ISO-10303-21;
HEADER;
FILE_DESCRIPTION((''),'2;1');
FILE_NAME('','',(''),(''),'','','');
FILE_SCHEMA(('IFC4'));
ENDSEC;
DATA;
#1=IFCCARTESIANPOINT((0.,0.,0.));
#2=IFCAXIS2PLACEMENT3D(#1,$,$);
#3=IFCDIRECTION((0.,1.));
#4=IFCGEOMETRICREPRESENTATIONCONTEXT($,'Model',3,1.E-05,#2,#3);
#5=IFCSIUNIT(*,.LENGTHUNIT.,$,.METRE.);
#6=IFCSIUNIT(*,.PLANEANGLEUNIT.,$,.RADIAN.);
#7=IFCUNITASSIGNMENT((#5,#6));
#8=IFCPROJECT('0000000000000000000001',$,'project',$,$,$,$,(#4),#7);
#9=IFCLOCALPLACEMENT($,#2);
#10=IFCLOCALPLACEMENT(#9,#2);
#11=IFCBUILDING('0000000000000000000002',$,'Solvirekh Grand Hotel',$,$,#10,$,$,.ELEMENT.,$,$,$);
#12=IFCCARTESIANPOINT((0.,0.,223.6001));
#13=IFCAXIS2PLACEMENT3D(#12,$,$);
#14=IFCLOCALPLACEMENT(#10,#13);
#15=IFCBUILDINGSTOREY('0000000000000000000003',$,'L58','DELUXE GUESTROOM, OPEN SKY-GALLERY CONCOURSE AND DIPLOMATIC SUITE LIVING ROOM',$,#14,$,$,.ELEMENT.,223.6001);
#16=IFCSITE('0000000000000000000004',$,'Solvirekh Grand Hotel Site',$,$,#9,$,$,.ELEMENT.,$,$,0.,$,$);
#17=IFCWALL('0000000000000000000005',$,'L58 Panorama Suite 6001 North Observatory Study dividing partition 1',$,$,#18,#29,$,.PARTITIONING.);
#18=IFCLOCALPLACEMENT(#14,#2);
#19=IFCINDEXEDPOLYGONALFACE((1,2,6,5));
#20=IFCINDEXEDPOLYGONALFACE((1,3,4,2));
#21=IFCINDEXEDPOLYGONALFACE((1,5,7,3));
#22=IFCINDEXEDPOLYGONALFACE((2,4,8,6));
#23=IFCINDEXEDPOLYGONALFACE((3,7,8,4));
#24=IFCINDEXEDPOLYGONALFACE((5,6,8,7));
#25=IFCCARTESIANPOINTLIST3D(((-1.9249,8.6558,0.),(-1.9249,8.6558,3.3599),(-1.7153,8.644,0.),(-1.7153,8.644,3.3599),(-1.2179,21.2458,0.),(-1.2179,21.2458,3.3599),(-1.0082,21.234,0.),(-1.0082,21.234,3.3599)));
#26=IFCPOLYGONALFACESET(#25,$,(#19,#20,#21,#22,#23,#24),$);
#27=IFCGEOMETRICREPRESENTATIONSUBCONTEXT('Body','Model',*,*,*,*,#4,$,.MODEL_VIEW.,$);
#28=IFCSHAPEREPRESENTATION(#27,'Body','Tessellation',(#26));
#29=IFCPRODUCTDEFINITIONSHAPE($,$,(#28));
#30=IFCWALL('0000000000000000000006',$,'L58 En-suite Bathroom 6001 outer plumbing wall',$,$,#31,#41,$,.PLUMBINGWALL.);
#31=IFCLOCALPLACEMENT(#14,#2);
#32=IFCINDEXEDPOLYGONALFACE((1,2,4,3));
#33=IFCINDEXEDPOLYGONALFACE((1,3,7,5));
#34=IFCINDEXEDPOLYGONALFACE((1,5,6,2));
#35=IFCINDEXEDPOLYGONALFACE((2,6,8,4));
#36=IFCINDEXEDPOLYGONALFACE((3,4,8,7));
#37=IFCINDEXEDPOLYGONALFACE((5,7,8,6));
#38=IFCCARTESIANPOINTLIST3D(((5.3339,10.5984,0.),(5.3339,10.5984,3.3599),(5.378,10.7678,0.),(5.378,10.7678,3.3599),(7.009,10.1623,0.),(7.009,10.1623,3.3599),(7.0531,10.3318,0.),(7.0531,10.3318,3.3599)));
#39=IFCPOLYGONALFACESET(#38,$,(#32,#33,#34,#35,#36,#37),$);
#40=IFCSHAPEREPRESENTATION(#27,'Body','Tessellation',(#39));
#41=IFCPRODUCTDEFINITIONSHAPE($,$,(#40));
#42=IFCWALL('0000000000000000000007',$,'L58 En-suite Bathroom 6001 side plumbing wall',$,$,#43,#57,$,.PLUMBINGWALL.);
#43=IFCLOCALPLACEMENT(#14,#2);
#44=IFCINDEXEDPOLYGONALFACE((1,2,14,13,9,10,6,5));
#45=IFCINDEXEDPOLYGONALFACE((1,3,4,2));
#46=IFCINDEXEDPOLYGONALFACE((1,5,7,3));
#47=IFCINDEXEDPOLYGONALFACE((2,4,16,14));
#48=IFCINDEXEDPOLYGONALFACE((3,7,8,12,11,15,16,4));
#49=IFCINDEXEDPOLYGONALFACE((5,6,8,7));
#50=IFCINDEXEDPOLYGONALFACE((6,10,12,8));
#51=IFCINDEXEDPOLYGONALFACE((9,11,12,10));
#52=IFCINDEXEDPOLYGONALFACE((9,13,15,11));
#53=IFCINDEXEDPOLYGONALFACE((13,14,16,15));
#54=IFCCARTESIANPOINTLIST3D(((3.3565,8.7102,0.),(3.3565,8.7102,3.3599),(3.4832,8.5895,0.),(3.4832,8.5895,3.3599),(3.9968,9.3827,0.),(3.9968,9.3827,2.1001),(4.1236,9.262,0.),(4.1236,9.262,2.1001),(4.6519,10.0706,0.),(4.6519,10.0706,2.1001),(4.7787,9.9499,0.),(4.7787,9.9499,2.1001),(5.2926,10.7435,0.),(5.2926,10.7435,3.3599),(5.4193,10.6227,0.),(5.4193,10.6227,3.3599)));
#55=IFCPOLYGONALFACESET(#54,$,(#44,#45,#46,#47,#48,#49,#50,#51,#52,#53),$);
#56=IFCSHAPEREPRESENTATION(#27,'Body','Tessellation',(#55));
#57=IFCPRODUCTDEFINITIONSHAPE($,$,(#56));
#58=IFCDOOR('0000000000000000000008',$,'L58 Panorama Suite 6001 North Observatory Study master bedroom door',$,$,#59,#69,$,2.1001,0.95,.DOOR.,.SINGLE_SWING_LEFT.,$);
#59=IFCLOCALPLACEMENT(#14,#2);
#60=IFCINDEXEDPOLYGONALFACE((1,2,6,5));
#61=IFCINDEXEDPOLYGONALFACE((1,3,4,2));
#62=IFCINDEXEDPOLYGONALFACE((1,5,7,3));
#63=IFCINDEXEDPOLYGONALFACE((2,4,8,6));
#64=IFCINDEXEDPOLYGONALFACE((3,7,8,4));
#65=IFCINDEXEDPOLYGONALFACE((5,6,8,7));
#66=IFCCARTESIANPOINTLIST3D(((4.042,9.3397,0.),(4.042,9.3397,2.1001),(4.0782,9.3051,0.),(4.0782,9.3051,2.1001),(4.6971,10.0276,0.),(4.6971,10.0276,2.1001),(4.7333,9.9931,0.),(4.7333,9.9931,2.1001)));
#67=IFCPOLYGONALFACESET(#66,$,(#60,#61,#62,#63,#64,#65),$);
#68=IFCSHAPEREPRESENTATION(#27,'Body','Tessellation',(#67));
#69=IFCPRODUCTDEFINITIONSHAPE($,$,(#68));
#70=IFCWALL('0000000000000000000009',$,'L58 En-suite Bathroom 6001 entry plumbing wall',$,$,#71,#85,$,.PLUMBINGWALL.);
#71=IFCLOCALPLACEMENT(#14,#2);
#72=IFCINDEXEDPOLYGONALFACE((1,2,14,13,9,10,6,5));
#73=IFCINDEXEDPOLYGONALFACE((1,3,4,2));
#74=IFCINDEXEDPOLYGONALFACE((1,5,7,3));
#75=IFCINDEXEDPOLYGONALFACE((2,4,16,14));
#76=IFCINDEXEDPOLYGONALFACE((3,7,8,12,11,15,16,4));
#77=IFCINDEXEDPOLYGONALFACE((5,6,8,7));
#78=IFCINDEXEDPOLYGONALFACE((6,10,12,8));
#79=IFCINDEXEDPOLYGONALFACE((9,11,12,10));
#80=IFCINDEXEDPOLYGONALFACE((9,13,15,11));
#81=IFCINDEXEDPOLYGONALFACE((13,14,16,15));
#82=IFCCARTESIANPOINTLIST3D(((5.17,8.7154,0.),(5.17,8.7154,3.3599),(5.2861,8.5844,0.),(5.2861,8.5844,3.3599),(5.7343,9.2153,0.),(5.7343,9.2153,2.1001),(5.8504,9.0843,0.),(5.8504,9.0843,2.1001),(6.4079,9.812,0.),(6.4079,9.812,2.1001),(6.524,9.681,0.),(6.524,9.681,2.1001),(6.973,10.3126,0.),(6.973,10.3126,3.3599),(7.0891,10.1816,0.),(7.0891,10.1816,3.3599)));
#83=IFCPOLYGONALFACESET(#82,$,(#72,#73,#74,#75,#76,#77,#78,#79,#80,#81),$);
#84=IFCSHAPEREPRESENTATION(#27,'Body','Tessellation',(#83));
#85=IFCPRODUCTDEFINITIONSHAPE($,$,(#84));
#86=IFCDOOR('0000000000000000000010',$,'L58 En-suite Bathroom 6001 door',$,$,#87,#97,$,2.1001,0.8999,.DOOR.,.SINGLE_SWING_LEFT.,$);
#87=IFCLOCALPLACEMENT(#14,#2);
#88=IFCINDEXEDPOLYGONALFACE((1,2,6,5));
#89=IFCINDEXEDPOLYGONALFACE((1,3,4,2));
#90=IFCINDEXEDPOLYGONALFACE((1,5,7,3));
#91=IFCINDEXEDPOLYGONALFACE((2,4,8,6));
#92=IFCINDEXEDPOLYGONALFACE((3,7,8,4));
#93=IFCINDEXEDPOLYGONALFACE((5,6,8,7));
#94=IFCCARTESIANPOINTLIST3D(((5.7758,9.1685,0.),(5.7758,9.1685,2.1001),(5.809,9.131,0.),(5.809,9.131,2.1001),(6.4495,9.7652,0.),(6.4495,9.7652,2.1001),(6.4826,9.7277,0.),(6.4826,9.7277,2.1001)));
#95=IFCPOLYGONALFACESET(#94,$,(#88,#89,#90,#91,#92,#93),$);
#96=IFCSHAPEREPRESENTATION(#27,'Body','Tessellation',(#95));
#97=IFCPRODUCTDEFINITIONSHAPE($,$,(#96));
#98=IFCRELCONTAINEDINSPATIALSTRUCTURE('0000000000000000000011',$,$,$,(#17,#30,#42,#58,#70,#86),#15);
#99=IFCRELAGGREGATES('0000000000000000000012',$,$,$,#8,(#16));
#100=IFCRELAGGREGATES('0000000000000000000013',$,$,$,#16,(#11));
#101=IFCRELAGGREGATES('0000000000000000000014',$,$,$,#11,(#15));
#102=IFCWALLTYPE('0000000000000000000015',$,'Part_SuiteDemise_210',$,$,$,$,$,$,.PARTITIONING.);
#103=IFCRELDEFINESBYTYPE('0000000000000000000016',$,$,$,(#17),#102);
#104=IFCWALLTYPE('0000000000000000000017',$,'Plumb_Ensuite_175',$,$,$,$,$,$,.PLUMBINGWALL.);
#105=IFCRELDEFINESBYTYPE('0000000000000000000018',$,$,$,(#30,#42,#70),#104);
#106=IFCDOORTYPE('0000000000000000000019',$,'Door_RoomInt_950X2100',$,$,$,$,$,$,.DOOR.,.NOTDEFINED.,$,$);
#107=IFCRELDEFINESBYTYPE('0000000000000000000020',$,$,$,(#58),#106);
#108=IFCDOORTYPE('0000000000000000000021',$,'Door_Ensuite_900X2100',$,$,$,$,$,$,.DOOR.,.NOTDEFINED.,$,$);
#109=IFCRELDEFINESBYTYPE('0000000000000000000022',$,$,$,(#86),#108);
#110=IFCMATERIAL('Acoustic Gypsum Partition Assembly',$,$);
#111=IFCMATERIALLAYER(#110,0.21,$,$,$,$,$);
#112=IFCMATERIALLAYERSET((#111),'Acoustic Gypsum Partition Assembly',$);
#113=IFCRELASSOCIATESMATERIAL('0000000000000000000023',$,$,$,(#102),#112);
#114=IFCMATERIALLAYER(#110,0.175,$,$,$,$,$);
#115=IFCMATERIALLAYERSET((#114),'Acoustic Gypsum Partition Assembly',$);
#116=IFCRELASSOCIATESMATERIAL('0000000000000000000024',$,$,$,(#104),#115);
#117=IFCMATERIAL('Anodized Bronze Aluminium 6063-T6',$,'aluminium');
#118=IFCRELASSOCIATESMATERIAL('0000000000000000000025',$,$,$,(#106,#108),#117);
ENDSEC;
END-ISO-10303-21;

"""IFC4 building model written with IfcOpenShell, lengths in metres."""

from ifc_helpers import new_model, si_unit, direction, frame, frame_2d, origin, place, context, subcontext, project, spatial, rectangle, extrude, material, layer, layer_set, type_object, element, fill, save


model = new_model("IFC4")

# Units and contexts
model_context = context("Model", 3, precision=1e-05, world=origin(), true_north=direction((0.0, 1.0)))
body_context = subcontext(model_context, "Body", "Model", "MODEL_VIEW")
ifc_project = project(units=[si_unit("LENGTHUNIT", "METRE"), si_unit("PLANEANGLEUNIT", "RADIAN")], contexts=[model_context])

# Site, building, storey
site_placement = place(None, origin())
site = spatial("IfcSite", under=ifc_project, at=site_placement, Name="Solvirekh Grand Hotel Site", CompositionType="ELEMENT", RefElevation=0.0)
building_placement = place(site_placement, origin())
building = spatial("IfcBuilding", under=site, at=building_placement, Name="Solvirekh Grand Hotel", CompositionType="ELEMENT")
storey_placement = place(building_placement, frame((0.0, 0.0, 223.6001)))
storey = spatial("IfcBuildingStorey", under=building, at=storey_placement, Name="L58", Description="DELUXE GUESTROOM, OPEN SKY-GALLERY CONCOURSE AND DIPLOMATIC SUITE LIVING ROOM", CompositionType="ELEMENT", Elevation=223.6001)

# Shared definitions
ifc_material_1 = material(Name="Anodized Bronze Aluminium 6063-T6", Category="aluminium")

# Walls
ifc_material_2 = material(Name="Acoustic Gypsum Partition Assembly")
ifc_layer_1 = layer(ifc_material_2, 0.21)
ifc_layer_set_1 = layer_set([ifc_layer_1], Name="Acoustic Gypsum Partition Assembly")
wall_type_1 = type_object("IfcWallType", Name="Part_SuiteDemise_210", PredefinedType="PARTITIONING", material=ifc_layer_set_1)
wall_1_placement = place(storey_placement, frame((-1.8201, 8.6499, 0.0), z_axis=(0.0, 0.0, 1.0), x_axis=(0.056069, 0.998427, 0.0)))
element("IfcWall", 1, at=wall_1_placement, inside=storey, type_object=wall_type_1, Name="L58 Panorama Suite 6001 North Observatory Study dividing partition 1", PredefinedType="PARTITIONING", context=body_context, shape_type="SweptSolid", body=[
    extrude(rectangle(XDim=12.6099, YDim=0.21, at=frame_2d((6.3049, 0.0))), origin(), (0.0, 0.0, 1.0), 3.3599),
])
ifc_layer_2 = layer(ifc_material_2, 0.175)
ifc_layer_set_2 = layer_set([ifc_layer_2], Name="Acoustic Gypsum Partition Assembly")
wall_type_2 = type_object("IfcWallType", Name="Plumb_Ensuite_175", PredefinedType="PLUMBINGWALL", material=ifc_layer_set_2)
wall_2_placement = place(storey_placement, frame((5.356, 10.6831, 0.0), z_axis=(0.0, 0.0, 1.0), x_axis=(0.967749, -0.251917, 0.0)))
element("IfcWall", 2, at=wall_2_placement, inside=storey, type_object=wall_type_2, Name="L58 En-suite Bathroom 6001 outer plumbing wall", PredefinedType="PLUMBINGWALL", context=body_context, shape_type="SweptSolid", body=[
    extrude(rectangle(XDim=1.731, YDim=0.175, at=frame_2d((0.8655, 0.0))), origin(), (0.0, 0.0, 1.0), 3.3599),
])

# Walls, openings, doors
wall_3_placement = place(storey_placement, frame((5.356, 10.6831, 0.0), z_axis=(0.0, 0.0, 1.0), x_axis=(-0.68959, -0.7242, 0.0)))
wall_3 = element("IfcWall", 3, at=wall_3_placement, inside=storey, type_object=wall_type_2, Name="L58 En-suite Bathroom 6001 side plumbing wall", PredefinedType="PLUMBINGWALL", context=body_context, shape_type="SweptSolid", body=[
    extrude(rectangle(XDim=2.8076, YDim=0.175, at=frame_2d((1.4038, 0.0))), origin(), (0.0, 0.0, 1.0), 3.3599),
])
opening_1_placement = place(wall_3_placement, frame((0.929, 0.0, 0.0)))
opening_1 = element("IfcOpeningElement", 4, at=opening_1_placement, cuts=wall_3, PredefinedType="OPENING", context=body_context, shape_type="SweptSolid", body=[
    extrude(rectangle(XDim=0.95, YDim=2.1001, at=frame_2d((0.4751, 1.05))), frame((0.0, 0.0977, 0.0), z_axis=(0.0, -1.0, 0.0), x_axis=(1.0, 0.0, 0.0)), (0.0, 0.0, 1.0), 0.1951),
])
door_type_1 = type_object("IfcDoorType", Name="Door_RoomInt_950X2100", OperationType="NOTDEFINED", PredefinedType="DOOR", material=ifc_material_1)
door_1_placement = place(opening_1_placement, origin())
door_1 = element("IfcDoor", 5, at=door_1_placement, inside=storey, type_object=door_type_1, Name="L58 Panorama Suite 6001 North Observatory Study master bedroom door", OperationType="SINGLE_SWING_LEFT", OverallHeight=2.1001, OverallWidth=0.95, PredefinedType="DOOR", context=body_context, shape_type="SweptSolid", body=[
    extrude(rectangle(XDim=0.95, YDim=2.1001, at=frame_2d((0.4751, 1.05))), frame((0.0, 0.0249, 0.0), z_axis=(0.0, -1.0, 0.0), x_axis=(1.0, 0.0, 0.0)), (0.0, 0.0, 1.0), 0.05),
])
fill(opening_1, door_1)
wall_4_placement = place(storey_placement, frame((5.228, 8.6499, 0.0), z_axis=(0.0, 0.0, 1.0), x_axis=(0.748538, 0.663092, 0.0)))
wall_4 = element("IfcWall", 6, at=wall_4_placement, inside=storey, type_object=wall_type_2, Name="L58 En-suite Bathroom 6001 entry plumbing wall", PredefinedType="PLUMBINGWALL", context=body_context, shape_type="SweptSolid", body=[
    extrude(rectangle(XDim=2.4087, YDim=0.175, at=frame_2d((1.2043, 0.0))), origin(), (0.0, 0.0, 1.0), 3.3599),
])
opening_2_placement = place(wall_4_placement, frame((0.7539, 0.0, 0.0)))
opening_2 = element("IfcOpeningElement", 7, at=opening_2_placement, cuts=wall_4, PredefinedType="OPENING", context=body_context, shape_type="SweptSolid", body=[
    extrude(rectangle(XDim=0.8999, YDim=2.1001, at=frame_2d((0.45, 1.05))), frame((0.0, 0.0977, 0.0), z_axis=(0.0, -1.0, 0.0), x_axis=(1.0, 0.0, 0.0)), (0.0, 0.0, 1.0), 0.1951),
])
door_type_2 = type_object("IfcDoorType", Name="Door_Ensuite_900X2100", OperationType="NOTDEFINED", PredefinedType="DOOR", material=ifc_material_1)
door_2_placement = place(opening_2_placement, origin())
door_2 = element("IfcDoor", 8, at=door_2_placement, inside=storey, type_object=door_type_2, Name="L58 En-suite Bathroom 6001 door", OperationType="SINGLE_SWING_LEFT", OverallHeight=2.1001, OverallWidth=0.8999, PredefinedType="DOOR", context=body_context, shape_type="SweptSolid", body=[
    extrude(rectangle(XDim=0.8999, YDim=2.1001, at=frame_2d((0.45, 1.05))), frame((0.0, 0.0249, 0.0), z_axis=(0.0, -1.0, 0.0), x_axis=(1.0, 0.0, 0.0)), (0.0, 0.0, 1.0), 0.05),
])
fill(opening_2, door_2)

save(model, "model.ifc")
